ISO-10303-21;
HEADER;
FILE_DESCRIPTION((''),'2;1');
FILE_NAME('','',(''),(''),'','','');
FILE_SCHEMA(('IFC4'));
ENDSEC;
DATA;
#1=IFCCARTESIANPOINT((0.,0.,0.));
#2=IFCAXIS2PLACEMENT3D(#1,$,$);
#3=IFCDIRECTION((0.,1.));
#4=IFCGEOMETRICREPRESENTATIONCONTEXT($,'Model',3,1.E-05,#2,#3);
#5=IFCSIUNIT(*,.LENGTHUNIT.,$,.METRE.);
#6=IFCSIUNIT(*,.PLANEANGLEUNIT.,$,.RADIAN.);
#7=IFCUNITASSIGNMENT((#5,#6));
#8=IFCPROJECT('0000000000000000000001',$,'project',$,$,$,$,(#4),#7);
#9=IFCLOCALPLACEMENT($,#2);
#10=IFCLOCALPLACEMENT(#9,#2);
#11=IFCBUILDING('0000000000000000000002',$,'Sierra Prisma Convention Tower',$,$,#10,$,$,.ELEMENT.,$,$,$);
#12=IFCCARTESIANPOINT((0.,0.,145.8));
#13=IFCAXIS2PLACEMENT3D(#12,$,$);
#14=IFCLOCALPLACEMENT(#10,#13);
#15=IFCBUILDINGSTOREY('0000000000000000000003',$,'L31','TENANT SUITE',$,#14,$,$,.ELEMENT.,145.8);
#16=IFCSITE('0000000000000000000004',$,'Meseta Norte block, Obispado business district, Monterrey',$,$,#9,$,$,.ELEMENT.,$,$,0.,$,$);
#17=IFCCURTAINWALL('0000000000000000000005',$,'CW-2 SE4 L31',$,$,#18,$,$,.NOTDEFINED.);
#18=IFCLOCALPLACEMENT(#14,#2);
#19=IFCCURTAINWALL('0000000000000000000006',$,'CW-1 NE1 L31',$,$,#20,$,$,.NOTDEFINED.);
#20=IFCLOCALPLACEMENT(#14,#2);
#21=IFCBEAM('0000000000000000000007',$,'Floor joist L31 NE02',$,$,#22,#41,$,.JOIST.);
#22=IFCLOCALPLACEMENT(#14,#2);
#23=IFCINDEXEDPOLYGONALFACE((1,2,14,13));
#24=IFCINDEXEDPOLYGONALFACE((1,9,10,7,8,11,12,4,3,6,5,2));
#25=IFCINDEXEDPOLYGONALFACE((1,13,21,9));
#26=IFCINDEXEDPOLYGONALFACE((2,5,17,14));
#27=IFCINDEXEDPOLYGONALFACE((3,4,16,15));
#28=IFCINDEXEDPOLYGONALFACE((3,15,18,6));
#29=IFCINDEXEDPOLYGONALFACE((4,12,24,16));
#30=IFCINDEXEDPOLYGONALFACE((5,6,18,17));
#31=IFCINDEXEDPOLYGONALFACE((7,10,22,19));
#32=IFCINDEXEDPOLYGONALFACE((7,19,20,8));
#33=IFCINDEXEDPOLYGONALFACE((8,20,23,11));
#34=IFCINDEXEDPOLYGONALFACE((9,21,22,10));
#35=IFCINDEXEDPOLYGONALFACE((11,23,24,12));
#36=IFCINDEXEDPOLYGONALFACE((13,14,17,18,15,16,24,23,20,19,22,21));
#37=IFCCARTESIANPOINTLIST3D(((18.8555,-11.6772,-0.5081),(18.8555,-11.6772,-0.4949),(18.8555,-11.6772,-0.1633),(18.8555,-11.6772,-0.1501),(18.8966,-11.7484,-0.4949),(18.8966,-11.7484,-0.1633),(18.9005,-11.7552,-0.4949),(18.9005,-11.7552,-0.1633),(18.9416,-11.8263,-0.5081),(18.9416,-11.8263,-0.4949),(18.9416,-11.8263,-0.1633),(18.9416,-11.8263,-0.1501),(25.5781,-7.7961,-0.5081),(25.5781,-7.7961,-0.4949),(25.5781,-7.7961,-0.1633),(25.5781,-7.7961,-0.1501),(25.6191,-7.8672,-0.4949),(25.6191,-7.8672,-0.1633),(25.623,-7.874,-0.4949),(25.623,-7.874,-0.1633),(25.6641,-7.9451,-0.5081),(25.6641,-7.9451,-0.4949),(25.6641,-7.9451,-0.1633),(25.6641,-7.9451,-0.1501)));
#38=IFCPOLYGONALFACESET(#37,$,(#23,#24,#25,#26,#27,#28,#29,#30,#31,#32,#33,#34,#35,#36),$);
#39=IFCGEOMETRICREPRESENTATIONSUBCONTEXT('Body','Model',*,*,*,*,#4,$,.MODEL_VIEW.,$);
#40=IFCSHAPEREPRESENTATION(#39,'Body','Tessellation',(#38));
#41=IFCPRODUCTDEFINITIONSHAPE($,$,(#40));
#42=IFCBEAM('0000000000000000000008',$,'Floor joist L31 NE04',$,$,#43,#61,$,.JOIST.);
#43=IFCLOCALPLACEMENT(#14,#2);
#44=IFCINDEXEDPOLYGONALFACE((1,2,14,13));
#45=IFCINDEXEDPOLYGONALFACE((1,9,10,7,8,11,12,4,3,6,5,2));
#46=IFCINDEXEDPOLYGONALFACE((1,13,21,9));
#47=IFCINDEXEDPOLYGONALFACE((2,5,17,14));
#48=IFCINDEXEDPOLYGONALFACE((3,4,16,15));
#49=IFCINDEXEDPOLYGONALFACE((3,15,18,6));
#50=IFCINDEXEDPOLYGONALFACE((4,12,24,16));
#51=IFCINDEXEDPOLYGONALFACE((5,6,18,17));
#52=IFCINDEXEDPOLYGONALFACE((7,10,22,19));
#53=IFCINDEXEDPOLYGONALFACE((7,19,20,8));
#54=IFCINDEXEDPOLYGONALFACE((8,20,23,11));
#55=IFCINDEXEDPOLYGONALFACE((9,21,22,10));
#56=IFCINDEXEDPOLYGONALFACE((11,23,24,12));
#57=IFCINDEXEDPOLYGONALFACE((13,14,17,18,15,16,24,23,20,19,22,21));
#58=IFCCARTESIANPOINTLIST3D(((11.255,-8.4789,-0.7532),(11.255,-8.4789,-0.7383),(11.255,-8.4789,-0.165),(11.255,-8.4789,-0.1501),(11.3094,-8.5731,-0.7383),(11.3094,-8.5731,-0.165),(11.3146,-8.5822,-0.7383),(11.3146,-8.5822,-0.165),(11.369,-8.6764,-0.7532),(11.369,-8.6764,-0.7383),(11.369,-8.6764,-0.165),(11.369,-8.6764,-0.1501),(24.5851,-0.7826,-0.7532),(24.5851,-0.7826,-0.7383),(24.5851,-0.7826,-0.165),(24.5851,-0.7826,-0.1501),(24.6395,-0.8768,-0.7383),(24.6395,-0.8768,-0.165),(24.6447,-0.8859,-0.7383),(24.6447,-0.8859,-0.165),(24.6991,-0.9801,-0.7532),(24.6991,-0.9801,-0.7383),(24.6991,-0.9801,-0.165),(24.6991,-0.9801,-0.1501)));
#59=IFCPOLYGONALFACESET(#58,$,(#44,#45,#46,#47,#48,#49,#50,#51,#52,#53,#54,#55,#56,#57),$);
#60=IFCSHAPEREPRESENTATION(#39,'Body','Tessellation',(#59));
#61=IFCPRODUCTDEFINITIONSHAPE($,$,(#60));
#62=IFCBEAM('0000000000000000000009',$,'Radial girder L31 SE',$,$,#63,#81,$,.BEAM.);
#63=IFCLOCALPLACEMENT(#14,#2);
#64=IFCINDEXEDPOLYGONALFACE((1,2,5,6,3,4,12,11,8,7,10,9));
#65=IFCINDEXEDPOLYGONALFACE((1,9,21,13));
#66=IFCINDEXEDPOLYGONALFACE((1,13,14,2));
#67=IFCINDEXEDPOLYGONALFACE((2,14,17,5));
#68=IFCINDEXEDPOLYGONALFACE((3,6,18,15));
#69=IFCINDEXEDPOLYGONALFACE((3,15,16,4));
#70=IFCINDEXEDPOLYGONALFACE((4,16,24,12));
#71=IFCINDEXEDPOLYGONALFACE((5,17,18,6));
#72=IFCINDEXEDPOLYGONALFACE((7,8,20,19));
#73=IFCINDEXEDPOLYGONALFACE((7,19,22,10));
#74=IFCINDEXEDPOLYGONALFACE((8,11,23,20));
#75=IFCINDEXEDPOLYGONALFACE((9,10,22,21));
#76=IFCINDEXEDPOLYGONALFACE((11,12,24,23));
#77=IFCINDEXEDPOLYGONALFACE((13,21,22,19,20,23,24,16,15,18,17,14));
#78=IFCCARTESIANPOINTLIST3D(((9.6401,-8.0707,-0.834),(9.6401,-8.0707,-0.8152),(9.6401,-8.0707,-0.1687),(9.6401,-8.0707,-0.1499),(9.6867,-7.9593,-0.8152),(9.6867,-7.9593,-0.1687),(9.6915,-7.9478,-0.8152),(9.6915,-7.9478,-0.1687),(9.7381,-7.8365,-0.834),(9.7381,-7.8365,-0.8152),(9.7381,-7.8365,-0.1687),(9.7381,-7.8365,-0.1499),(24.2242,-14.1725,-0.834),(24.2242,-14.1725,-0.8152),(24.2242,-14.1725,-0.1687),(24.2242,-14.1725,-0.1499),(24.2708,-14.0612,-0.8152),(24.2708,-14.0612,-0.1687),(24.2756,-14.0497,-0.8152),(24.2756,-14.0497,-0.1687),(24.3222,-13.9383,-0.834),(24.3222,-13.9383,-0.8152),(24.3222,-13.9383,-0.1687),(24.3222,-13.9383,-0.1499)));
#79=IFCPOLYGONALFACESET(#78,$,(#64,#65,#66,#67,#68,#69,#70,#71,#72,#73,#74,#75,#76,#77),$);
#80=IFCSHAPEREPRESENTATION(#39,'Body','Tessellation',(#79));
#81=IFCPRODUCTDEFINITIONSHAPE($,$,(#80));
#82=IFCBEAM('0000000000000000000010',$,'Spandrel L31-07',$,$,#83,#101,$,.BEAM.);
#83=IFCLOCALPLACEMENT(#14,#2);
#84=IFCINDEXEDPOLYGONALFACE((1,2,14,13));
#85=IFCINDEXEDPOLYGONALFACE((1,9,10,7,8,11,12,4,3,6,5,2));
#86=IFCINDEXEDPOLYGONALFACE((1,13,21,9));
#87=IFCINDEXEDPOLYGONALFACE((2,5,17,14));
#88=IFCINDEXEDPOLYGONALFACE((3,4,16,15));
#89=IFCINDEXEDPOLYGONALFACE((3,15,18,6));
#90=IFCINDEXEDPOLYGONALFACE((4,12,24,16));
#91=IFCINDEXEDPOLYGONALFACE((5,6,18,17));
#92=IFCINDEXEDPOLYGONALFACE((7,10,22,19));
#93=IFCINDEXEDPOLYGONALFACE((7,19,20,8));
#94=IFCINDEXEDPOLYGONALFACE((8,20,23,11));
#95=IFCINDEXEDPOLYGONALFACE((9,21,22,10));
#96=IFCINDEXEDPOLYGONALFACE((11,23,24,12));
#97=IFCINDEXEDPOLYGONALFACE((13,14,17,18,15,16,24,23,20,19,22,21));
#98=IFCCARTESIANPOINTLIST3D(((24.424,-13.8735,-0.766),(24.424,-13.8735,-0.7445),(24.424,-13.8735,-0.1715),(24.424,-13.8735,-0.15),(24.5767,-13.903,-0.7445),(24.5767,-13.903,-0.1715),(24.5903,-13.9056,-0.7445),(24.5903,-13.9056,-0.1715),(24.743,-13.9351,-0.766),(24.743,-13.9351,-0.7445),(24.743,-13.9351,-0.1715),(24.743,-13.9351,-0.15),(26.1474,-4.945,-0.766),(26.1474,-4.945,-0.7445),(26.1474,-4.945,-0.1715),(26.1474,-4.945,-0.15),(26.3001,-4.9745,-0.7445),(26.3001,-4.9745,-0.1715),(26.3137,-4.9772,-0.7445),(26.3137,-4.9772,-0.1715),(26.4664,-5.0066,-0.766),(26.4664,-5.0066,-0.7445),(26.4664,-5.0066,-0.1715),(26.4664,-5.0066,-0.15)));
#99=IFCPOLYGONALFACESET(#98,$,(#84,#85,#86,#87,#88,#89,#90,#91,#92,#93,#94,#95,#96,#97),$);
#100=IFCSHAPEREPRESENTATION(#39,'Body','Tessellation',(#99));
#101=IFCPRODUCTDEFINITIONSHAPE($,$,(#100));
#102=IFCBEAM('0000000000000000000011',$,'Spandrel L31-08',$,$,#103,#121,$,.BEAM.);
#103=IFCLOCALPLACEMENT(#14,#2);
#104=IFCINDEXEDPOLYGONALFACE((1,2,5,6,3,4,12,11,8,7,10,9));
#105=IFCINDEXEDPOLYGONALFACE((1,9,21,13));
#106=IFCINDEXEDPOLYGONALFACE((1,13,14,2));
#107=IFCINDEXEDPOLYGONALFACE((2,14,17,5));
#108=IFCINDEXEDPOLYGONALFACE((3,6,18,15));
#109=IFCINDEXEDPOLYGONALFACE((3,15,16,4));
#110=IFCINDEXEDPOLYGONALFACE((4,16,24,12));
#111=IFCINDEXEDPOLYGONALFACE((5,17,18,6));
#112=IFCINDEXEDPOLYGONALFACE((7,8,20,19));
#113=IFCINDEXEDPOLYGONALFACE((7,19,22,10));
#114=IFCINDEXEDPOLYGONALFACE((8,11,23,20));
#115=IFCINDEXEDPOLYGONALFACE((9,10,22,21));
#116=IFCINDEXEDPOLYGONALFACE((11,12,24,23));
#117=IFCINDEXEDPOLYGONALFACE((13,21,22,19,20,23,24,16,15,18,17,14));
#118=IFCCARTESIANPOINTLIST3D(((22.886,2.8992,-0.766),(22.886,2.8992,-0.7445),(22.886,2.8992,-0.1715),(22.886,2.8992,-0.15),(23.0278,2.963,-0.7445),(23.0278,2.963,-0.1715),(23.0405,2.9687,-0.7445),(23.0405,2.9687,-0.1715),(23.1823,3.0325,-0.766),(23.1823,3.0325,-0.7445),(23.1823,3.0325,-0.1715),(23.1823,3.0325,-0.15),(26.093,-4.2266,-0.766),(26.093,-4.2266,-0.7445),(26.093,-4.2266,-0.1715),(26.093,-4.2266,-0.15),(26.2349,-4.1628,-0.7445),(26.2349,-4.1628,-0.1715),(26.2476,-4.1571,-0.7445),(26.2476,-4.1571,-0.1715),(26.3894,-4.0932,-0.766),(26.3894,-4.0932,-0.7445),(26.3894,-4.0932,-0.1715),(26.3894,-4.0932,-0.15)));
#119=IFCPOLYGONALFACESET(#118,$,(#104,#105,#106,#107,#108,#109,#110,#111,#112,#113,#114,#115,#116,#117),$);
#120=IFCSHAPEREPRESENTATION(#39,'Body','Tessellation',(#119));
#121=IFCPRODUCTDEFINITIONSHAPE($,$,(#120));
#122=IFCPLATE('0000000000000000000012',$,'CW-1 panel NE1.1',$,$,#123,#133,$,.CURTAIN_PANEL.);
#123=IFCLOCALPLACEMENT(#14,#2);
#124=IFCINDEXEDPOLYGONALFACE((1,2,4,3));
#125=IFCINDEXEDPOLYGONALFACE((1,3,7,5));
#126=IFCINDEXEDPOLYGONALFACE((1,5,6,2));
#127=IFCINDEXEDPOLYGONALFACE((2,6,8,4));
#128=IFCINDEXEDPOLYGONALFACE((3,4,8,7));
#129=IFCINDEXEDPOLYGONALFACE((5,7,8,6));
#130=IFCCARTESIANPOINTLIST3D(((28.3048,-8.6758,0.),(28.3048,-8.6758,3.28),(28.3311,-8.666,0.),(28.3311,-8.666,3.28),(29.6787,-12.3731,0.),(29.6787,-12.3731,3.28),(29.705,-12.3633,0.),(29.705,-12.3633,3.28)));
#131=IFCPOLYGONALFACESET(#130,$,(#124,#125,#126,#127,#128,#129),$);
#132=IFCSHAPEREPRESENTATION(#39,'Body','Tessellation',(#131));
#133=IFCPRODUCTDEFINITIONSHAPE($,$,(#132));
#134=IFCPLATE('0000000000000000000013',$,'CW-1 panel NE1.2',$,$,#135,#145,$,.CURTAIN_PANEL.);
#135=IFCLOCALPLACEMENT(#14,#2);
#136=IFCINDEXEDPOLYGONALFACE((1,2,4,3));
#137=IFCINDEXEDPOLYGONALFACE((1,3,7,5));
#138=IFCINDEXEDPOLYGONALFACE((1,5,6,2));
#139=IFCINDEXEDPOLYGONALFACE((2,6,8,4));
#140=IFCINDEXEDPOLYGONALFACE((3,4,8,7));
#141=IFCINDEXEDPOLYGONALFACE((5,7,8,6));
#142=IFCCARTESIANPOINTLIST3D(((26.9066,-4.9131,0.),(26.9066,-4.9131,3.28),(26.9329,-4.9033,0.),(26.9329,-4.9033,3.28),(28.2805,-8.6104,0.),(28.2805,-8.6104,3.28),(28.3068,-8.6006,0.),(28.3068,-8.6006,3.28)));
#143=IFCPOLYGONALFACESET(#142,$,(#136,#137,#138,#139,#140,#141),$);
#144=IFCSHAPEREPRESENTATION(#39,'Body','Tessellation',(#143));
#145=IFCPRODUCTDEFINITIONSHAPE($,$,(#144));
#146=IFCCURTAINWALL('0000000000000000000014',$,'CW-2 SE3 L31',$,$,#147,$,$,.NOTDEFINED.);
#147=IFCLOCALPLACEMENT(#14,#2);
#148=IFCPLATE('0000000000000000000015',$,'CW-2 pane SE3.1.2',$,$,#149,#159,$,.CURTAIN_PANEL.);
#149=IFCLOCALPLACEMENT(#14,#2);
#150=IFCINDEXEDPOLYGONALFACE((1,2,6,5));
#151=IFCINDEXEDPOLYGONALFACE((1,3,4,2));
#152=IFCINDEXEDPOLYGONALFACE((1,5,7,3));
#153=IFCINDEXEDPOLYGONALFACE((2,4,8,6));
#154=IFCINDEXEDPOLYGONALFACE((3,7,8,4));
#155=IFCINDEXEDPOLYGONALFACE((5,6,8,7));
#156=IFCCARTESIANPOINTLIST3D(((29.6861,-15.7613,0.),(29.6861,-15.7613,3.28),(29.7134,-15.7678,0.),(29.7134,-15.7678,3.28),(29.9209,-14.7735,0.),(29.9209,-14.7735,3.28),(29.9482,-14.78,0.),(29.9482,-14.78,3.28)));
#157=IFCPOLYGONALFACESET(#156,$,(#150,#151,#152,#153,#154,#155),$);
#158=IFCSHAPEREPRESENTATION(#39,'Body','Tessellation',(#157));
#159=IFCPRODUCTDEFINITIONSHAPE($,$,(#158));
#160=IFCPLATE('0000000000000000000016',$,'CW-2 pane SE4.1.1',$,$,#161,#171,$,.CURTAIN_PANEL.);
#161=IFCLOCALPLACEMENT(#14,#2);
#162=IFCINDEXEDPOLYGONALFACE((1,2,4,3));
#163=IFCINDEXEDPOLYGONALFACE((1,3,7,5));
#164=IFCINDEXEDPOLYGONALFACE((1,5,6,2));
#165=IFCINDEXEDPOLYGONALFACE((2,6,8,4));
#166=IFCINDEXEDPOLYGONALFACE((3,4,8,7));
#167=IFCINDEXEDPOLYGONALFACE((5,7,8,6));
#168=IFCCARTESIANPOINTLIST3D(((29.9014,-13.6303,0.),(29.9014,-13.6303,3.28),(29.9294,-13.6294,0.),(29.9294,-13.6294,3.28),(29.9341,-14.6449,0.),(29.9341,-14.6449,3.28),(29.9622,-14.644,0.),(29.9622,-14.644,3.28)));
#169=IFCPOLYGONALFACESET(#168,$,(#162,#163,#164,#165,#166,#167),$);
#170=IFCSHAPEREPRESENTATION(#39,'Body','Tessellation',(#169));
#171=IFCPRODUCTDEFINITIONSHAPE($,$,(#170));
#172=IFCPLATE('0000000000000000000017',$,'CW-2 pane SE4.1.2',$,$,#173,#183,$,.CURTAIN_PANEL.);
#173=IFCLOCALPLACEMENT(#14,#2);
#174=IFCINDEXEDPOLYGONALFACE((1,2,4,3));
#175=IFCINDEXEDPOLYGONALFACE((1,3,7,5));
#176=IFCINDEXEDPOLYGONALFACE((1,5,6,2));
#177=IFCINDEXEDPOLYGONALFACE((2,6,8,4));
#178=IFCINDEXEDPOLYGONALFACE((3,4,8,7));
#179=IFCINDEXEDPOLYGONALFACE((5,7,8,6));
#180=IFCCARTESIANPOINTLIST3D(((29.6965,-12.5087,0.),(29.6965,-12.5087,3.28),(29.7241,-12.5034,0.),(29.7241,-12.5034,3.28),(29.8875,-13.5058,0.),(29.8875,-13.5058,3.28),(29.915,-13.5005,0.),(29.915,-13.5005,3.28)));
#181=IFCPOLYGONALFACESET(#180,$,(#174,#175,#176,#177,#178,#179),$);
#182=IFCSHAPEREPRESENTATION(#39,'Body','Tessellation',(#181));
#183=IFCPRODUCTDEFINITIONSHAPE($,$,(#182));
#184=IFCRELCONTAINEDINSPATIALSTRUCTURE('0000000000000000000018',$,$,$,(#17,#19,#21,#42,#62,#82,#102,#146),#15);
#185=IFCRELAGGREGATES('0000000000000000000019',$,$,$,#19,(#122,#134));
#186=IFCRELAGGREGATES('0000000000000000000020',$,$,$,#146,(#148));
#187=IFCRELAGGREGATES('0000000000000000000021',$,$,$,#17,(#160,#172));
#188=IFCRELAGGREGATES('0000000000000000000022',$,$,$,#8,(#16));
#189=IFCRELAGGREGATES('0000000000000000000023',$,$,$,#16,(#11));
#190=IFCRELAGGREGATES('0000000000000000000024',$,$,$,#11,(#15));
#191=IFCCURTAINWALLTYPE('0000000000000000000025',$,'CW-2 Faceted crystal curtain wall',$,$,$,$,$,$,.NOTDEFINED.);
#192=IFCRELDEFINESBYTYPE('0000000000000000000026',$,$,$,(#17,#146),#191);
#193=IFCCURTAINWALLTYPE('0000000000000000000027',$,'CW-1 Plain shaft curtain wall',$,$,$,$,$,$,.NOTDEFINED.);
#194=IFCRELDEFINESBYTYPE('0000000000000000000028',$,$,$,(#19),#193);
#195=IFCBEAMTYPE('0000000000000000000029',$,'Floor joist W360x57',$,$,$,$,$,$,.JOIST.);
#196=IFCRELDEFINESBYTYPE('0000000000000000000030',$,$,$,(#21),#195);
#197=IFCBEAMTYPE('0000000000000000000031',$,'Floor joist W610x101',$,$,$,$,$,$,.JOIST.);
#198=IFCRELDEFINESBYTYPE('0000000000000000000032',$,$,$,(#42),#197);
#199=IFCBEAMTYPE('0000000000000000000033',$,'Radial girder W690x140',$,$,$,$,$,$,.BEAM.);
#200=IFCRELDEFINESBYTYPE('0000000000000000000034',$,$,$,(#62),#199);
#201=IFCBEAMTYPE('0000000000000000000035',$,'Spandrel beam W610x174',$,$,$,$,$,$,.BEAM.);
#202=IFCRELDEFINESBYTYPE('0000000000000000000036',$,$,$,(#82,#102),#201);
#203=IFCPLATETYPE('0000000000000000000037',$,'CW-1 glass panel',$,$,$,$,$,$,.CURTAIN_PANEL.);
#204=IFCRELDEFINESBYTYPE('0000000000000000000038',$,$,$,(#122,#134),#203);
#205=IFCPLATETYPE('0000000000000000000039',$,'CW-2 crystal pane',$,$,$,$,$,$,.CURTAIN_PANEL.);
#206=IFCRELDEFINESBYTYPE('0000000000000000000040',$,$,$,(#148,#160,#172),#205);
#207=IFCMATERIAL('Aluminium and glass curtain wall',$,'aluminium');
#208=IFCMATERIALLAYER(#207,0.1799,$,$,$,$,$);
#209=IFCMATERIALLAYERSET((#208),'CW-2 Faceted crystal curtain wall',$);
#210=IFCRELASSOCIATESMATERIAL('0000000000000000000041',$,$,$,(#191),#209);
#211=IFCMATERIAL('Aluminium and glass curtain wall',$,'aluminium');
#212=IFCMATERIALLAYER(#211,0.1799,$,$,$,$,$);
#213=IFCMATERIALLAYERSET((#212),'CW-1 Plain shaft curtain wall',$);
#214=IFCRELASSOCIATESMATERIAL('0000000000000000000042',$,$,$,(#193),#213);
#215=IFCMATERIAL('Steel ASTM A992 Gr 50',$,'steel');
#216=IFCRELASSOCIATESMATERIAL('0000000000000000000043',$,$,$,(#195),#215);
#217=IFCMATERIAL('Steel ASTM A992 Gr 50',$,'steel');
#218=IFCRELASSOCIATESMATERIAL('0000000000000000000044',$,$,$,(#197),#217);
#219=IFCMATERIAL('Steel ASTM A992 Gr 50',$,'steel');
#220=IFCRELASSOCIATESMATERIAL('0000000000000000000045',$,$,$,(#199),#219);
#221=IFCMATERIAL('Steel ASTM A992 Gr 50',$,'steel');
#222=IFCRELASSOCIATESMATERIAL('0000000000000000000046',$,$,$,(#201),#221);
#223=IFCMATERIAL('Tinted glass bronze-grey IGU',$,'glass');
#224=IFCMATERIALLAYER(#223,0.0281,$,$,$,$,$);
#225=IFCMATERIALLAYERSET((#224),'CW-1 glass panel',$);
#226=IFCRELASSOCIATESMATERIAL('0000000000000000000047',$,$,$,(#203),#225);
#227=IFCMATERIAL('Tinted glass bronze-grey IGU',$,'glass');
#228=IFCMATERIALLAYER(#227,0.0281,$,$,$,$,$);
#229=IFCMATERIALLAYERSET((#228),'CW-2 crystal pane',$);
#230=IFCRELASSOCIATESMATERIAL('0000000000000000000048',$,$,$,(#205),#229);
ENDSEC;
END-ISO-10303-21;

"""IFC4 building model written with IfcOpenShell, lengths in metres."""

from ifc_helpers import new_model, si_unit, direction, frame, origin, origin_2d, place, context, subcontext, project, spatial, polyline, rectangle, i_section, outline, extrude, material, layer, layer_set, material_profile, profile_set, type_object, element, aggregate, save


model = new_model("IFC4")

# Units and contexts
model_context = context("Model", 3, precision=1e-05, world=origin(), true_north=direction((0.0, 1.0)))
body_context = subcontext(model_context, "Body", "Model", "MODEL_VIEW")
ifc_project = project(units=[si_unit("LENGTHUNIT", "METRE"), si_unit("PLANEANGLEUNIT", "RADIAN")], contexts=[model_context])

# Site, building, storey
site_placement = place(None, origin())
site = spatial("IfcSite", under=ifc_project, at=site_placement, Name="Meseta Norte block, Obispado business district, Monterrey", CompositionType="ELEMENT", RefElevation=0.0)
building_placement = place(site_placement, origin())
building = spatial("IfcBuilding", under=site, at=building_placement, Name="Sierra Prisma Convention Tower", CompositionType="ELEMENT")
storey_placement = place(building_placement, frame((0.0, 0.0, 145.8)))
storey = spatial("IfcBuildingStorey", under=building, at=storey_placement, Name="L31", Description="TENANT SUITE", CompositionType="ELEMENT", Elevation=145.8)

# Curtain wall
ifc_material_1 = material(Name="Aluminium and glass curtain wall", Category="aluminium")
ifc_layer_1 = layer(ifc_material_1, 0.1799)
ifc_layer_set_1 = layer_set([ifc_layer_1], Name="CW-2 Faceted crystal curtain wall")
curtain_wall_type_1 = type_object("IfcCurtainWallType", Name="CW-2 Faceted crystal curtain wall", PredefinedType="NOTDEFINED", material=ifc_layer_set_1)
curtain_wall_1_placement = place(storey_placement, origin())
curtain_wall_1 = element("IfcCurtainWall", 1, at=curtain_wall_1_placement, inside=storey, type_object=curtain_wall_type_1, Name="CW-2 SE4 L31", PredefinedType="NOTDEFINED")

# Curtain wall
ifc_material_2 = material(Name="Aluminium and glass curtain wall", Category="aluminium")
ifc_layer_2 = layer(ifc_material_2, 0.1799)
ifc_layer_set_2 = layer_set([ifc_layer_2], Name="CW-1 Plain shaft curtain wall")
curtain_wall_type_2 = type_object("IfcCurtainWallType", Name="CW-1 Plain shaft curtain wall", PredefinedType="NOTDEFINED", material=ifc_layer_set_2)
curtain_wall_2_placement = place(storey_placement, origin())
curtain_wall_2 = element("IfcCurtainWall", 2, at=curtain_wall_2_placement, inside=storey, type_object=curtain_wall_type_2, Name="CW-1 NE1 L31", PredefinedType="NOTDEFINED")

# Beams
ifc_material_3 = material(Name="Steel ASTM A992 Gr 50", Category="steel")
ifc_material_profile_1 = material_profile(ifc_material_3, i_section(OverallWidth=0.1721, OverallDepth=0.3579, WebThickness=0.0078, FlangeThickness=0.0132, at=origin_2d()), Name="W360x57")
ifc_profile_set_1 = profile_set([ifc_material_profile_1], Name="Steel ASTM A992 Gr 50")
beam_type_1 = type_object("IfcBeamType", Name="Floor joist W360x57", PredefinedType="JOIST", material=ifc_profile_set_1)
beam_1_placement = place(storey_placement, frame((25.6211, -7.8706, -0.3291), z_axis=(-0.86603, -0.499992, 0.0), x_axis=(0.499992, -0.86603, 0.0)))
element("IfcBeam", 3, at=beam_1_placement, inside=storey, type_object=beam_type_1, Name="Floor joist L31 NE02", PredefinedType="JOIST", context=body_context, shape_type="SweptSolid", body=[
    extrude(i_section(OverallWidth=0.1721, OverallDepth=0.3579, WebThickness=0.0078, FlangeThickness=0.0132, at=origin_2d()), origin(), (0.0, 0.0, 1.0), 7.7625),
])
ifc_material_4 = material(Name="Steel ASTM A992 Gr 50", Category="steel")
ifc_material_profile_2 = material_profile(ifc_material_4, i_section(OverallWidth=0.228, OverallDepth=0.603, WebThickness=0.0105, FlangeThickness=0.0149, at=origin_2d()), Name="W610x101")
ifc_profile_set_2 = profile_set([ifc_material_profile_2], Name="Steel ASTM A992 Gr 50")
beam_type_2 = type_object("IfcBeamType", Name="Floor joist W610x101", PredefinedType="JOIST", material=ifc_profile_set_2)
beam_2_placement = place(storey_placement, frame((24.6421, -0.8813, -0.4517), z_axis=(-0.866021, -0.500008, 0.0), x_axis=(0.500008, -0.866021, 0.0)))
element("IfcBeam", 4, at=beam_2_placement, inside=storey, type_object=beam_type_2, Name="Floor joist L31 NE04", PredefinedType="JOIST", context=body_context, shape_type="SweptSolid", body=[
    extrude(i_section(OverallWidth=0.228, OverallDepth=0.603, WebThickness=0.0105, FlangeThickness=0.0149, at=origin_2d()), origin(), (0.0, 0.0, 1.0), 15.3923),
])
ifc_material_5 = material(Name="Steel ASTM A992 Gr 50", Category="steel")
ifc_material_profile_3 = material_profile(ifc_material_5, i_section(OverallWidth=0.2539, OverallDepth=0.6841, WebThickness=0.0125, FlangeThickness=0.0188, at=origin_2d()), Name="W690x140")
ifc_profile_set_3 = profile_set([ifc_material_profile_3], Name="Steel ASTM A992 Gr 50")
beam_type_3 = type_object("IfcBeamType", Name="Radial girder W690x140", PredefinedType="BEAM", material=ifc_profile_set_3)
beam_3_placement = place(storey_placement, frame((24.2732, -14.0554, -0.4919), z_axis=(-0.922511, 0.38597, 0.0), x_axis=(-0.38597, -0.922511, 0.0)))
element("IfcBeam", 5, at=beam_3_placement, inside=storey, type_object=beam_type_3, Name="Radial girder L31 SE", PredefinedType="BEAM", context=body_context, shape_type="SweptSolid", body=[
    extrude(i_section(OverallWidth=0.2539, OverallDepth=0.6841, WebThickness=0.0125, FlangeThickness=0.0188, at=origin_2d()), origin(), (0.0, 0.0, 1.0), 15.8091),
])
ifc_material_6 = material(Name="Steel ASTM A992 Gr 50", Category="steel")
ifc_material_profile_4 = material_profile(ifc_material_6, i_section(OverallWidth=0.325, OverallDepth=0.616, WebThickness=0.0139, FlangeThickness=0.0215, at=origin_2d()), Name="W610x174")
ifc_profile_set_4 = profile_set([ifc_material_profile_4], Name="Steel ASTM A992 Gr 50")
beam_type_4 = type_object("IfcBeamType", Name="Spandrel beam W610x174", PredefinedType="BEAM", material=ifc_profile_set_4)
beam_4_placement = place(storey_placement, frame((24.5835, -13.9043, -0.458), z_axis=(0.189524, 0.981876, 0.0), x_axis=(-0.981876, 0.189524, 0.0)))
element("IfcBeam", 6, at=beam_4_placement, inside=storey, type_object=beam_type_4, Name="Spandrel L31-07", PredefinedType="BEAM", context=body_context, shape_type="SweptSolid", body=[
    extrude(i_section(OverallWidth=0.325, OverallDepth=0.616, WebThickness=0.0139, FlangeThickness=0.0215, at=origin_2d()), origin(), (0.0, 0.0, 1.0), 9.0933),
])
beam_5_placement = place(storey_placement, frame((26.2412, -4.1599, -0.458), z_axis=(-0.410413, 0.9119, 0.0), x_axis=(-0.9119, -0.410413, 0.0)))
element("IfcBeam", 7, at=beam_5_placement, inside=storey, type_object=beam_type_4, Name="Spandrel L31-08", PredefinedType="BEAM", context=body_context, shape_type="SweptSolid", body=[
    extrude(i_section(OverallWidth=0.325, OverallDepth=0.616, WebThickness=0.0139, FlangeThickness=0.0215, at=origin_2d()), origin(), (0.0, 0.0, 1.0), 7.8142),
])

# Plates
ifc_material_7 = material(Name="Tinted glass bronze-grey IGU", Category="glass")
ifc_layer_3 = layer(ifc_material_7, 0.0281)
ifc_layer_set_3 = layer_set([ifc_layer_3], Name="CW-1 glass panel")
plate_type_1 = type_object("IfcPlateType", Name="CW-1 glass panel", PredefinedType="CURTAIN_PANEL", material=ifc_layer_set_3)
plate_1_placement = place(storey_placement, frame((29.0049, -10.5195, 0.0), z_axis=(0.0, 0.0, 1.0), x_axis=(-0.348326, 0.937373, 0.0)))
plate_1 = element("IfcPlate", 8, at=plate_1_placement, type_object=plate_type_1, Name="CW-1 panel NE1.1", PredefinedType="CURTAIN_PANEL", context=body_context, shape_type="SweptSolid", body=[
    extrude(rectangle(XDim=3.9443, YDim=0.0281, at=origin_2d()), origin(), (0.0, 0.0, 1.0), 3.28),
])
plate_2_placement = place(storey_placement, frame((27.6067, -6.7568, 0.0), z_axis=(0.0, 0.0, 1.0), x_axis=(-0.348326, 0.937373, 0.0)))
plate_2 = element("IfcPlate", 9, at=plate_2_placement, type_object=plate_type_1, Name="CW-1 panel NE1.2", PredefinedType="CURTAIN_PANEL", context=body_context, shape_type="SweptSolid", body=[
    extrude(rectangle(XDim=3.9443, YDim=0.0281, at=origin_2d()), origin(), (0.0, 0.0, 1.0), 3.28),
])
aggregate(curtain_wall_2, [plate_1, plate_2])

# Curtain wall, plate
curtain_wall_3_placement = place(storey_placement, origin())
curtain_wall_3 = element("IfcCurtainWall", 10, at=curtain_wall_3_placement, inside=storey, type_object=curtain_wall_type_1, Name="CW-2 SE3 L31", PredefinedType="NOTDEFINED")
ifc_material_8 = material(Name="Tinted glass bronze-grey IGU", Category="glass")
ifc_layer_4 = layer(ifc_material_8, 0.0281)
ifc_layer_set_4 = layer_set([ifc_layer_4], Name="CW-2 crystal pane")
plate_type_2 = type_object("IfcPlateType", Name="CW-2 crystal pane", PredefinedType="CURTAIN_PANEL", material=ifc_layer_set_4)
plate_3_placement = place(storey_placement, frame((29.9482, -14.78, 0.0), z_axis=(0.972878, -0.231317, 0.0), x_axis=(-0.231317, -0.972878, 0.0)))
plate_3 = element("IfcPlate", 11, at=plate_3_placement, type_object=plate_type_2, Name="CW-2 pane SE3.1.2", PredefinedType="CURTAIN_PANEL", context=body_context, shape_type="SweptSolid", body=[
    extrude(outline(polyline([(0.0, 0.0), (1.0153, 0.0), (1.0153, -3.28), (0.0, -3.28), (0.0, 0.0)])), origin(), (0.0, 0.0, -1.0), 0.0281),
])
aggregate(curtain_wall_3, [plate_3])

# Plates
plate_4_placement = place(storey_placement, frame((29.9622, -14.644, 0.0), z_axis=(0.999481, 0.032226, 0.0), x_axis=(-0.032226, 0.999481, 0.0)))
plate_4 = element("IfcPlate", 12, at=plate_4_placement, type_object=plate_type_2, Name="CW-2 pane SE4.1.1", PredefinedType="CURTAIN_PANEL", context=body_context, shape_type="SweptSolid", body=[
    extrude(outline(polyline([(0.0, 0.0), (1.0152, 0.0), (1.0152, 3.28), (0.0, 3.28), (0.0, 0.0)])), origin(), (0.0, 0.0, -1.0), 0.0281),
])
plate_5_placement = place(storey_placement, frame((29.7241, -12.5034, 0.0), z_axis=(0.982157, 0.188062, 0.0), x_axis=(0.188062, -0.982157, 0.0)))
plate_5 = element("IfcPlate", 13, at=plate_5_placement, type_object=plate_type_2, Name="CW-2 pane SE4.1.2", PredefinedType="CURTAIN_PANEL", context=body_context, shape_type="SweptSolid", body=[
    extrude(outline(polyline([(0.0, 0.0), (1.0152, 0.0), (1.0152, -3.28), (0.0, -3.28), (0.0, 0.0)])), origin(), (0.0, 0.0, -1.0), 0.0281),
])
aggregate(curtain_wall_1, [plate_4, plate_5])

save(model, "model.ifc")
